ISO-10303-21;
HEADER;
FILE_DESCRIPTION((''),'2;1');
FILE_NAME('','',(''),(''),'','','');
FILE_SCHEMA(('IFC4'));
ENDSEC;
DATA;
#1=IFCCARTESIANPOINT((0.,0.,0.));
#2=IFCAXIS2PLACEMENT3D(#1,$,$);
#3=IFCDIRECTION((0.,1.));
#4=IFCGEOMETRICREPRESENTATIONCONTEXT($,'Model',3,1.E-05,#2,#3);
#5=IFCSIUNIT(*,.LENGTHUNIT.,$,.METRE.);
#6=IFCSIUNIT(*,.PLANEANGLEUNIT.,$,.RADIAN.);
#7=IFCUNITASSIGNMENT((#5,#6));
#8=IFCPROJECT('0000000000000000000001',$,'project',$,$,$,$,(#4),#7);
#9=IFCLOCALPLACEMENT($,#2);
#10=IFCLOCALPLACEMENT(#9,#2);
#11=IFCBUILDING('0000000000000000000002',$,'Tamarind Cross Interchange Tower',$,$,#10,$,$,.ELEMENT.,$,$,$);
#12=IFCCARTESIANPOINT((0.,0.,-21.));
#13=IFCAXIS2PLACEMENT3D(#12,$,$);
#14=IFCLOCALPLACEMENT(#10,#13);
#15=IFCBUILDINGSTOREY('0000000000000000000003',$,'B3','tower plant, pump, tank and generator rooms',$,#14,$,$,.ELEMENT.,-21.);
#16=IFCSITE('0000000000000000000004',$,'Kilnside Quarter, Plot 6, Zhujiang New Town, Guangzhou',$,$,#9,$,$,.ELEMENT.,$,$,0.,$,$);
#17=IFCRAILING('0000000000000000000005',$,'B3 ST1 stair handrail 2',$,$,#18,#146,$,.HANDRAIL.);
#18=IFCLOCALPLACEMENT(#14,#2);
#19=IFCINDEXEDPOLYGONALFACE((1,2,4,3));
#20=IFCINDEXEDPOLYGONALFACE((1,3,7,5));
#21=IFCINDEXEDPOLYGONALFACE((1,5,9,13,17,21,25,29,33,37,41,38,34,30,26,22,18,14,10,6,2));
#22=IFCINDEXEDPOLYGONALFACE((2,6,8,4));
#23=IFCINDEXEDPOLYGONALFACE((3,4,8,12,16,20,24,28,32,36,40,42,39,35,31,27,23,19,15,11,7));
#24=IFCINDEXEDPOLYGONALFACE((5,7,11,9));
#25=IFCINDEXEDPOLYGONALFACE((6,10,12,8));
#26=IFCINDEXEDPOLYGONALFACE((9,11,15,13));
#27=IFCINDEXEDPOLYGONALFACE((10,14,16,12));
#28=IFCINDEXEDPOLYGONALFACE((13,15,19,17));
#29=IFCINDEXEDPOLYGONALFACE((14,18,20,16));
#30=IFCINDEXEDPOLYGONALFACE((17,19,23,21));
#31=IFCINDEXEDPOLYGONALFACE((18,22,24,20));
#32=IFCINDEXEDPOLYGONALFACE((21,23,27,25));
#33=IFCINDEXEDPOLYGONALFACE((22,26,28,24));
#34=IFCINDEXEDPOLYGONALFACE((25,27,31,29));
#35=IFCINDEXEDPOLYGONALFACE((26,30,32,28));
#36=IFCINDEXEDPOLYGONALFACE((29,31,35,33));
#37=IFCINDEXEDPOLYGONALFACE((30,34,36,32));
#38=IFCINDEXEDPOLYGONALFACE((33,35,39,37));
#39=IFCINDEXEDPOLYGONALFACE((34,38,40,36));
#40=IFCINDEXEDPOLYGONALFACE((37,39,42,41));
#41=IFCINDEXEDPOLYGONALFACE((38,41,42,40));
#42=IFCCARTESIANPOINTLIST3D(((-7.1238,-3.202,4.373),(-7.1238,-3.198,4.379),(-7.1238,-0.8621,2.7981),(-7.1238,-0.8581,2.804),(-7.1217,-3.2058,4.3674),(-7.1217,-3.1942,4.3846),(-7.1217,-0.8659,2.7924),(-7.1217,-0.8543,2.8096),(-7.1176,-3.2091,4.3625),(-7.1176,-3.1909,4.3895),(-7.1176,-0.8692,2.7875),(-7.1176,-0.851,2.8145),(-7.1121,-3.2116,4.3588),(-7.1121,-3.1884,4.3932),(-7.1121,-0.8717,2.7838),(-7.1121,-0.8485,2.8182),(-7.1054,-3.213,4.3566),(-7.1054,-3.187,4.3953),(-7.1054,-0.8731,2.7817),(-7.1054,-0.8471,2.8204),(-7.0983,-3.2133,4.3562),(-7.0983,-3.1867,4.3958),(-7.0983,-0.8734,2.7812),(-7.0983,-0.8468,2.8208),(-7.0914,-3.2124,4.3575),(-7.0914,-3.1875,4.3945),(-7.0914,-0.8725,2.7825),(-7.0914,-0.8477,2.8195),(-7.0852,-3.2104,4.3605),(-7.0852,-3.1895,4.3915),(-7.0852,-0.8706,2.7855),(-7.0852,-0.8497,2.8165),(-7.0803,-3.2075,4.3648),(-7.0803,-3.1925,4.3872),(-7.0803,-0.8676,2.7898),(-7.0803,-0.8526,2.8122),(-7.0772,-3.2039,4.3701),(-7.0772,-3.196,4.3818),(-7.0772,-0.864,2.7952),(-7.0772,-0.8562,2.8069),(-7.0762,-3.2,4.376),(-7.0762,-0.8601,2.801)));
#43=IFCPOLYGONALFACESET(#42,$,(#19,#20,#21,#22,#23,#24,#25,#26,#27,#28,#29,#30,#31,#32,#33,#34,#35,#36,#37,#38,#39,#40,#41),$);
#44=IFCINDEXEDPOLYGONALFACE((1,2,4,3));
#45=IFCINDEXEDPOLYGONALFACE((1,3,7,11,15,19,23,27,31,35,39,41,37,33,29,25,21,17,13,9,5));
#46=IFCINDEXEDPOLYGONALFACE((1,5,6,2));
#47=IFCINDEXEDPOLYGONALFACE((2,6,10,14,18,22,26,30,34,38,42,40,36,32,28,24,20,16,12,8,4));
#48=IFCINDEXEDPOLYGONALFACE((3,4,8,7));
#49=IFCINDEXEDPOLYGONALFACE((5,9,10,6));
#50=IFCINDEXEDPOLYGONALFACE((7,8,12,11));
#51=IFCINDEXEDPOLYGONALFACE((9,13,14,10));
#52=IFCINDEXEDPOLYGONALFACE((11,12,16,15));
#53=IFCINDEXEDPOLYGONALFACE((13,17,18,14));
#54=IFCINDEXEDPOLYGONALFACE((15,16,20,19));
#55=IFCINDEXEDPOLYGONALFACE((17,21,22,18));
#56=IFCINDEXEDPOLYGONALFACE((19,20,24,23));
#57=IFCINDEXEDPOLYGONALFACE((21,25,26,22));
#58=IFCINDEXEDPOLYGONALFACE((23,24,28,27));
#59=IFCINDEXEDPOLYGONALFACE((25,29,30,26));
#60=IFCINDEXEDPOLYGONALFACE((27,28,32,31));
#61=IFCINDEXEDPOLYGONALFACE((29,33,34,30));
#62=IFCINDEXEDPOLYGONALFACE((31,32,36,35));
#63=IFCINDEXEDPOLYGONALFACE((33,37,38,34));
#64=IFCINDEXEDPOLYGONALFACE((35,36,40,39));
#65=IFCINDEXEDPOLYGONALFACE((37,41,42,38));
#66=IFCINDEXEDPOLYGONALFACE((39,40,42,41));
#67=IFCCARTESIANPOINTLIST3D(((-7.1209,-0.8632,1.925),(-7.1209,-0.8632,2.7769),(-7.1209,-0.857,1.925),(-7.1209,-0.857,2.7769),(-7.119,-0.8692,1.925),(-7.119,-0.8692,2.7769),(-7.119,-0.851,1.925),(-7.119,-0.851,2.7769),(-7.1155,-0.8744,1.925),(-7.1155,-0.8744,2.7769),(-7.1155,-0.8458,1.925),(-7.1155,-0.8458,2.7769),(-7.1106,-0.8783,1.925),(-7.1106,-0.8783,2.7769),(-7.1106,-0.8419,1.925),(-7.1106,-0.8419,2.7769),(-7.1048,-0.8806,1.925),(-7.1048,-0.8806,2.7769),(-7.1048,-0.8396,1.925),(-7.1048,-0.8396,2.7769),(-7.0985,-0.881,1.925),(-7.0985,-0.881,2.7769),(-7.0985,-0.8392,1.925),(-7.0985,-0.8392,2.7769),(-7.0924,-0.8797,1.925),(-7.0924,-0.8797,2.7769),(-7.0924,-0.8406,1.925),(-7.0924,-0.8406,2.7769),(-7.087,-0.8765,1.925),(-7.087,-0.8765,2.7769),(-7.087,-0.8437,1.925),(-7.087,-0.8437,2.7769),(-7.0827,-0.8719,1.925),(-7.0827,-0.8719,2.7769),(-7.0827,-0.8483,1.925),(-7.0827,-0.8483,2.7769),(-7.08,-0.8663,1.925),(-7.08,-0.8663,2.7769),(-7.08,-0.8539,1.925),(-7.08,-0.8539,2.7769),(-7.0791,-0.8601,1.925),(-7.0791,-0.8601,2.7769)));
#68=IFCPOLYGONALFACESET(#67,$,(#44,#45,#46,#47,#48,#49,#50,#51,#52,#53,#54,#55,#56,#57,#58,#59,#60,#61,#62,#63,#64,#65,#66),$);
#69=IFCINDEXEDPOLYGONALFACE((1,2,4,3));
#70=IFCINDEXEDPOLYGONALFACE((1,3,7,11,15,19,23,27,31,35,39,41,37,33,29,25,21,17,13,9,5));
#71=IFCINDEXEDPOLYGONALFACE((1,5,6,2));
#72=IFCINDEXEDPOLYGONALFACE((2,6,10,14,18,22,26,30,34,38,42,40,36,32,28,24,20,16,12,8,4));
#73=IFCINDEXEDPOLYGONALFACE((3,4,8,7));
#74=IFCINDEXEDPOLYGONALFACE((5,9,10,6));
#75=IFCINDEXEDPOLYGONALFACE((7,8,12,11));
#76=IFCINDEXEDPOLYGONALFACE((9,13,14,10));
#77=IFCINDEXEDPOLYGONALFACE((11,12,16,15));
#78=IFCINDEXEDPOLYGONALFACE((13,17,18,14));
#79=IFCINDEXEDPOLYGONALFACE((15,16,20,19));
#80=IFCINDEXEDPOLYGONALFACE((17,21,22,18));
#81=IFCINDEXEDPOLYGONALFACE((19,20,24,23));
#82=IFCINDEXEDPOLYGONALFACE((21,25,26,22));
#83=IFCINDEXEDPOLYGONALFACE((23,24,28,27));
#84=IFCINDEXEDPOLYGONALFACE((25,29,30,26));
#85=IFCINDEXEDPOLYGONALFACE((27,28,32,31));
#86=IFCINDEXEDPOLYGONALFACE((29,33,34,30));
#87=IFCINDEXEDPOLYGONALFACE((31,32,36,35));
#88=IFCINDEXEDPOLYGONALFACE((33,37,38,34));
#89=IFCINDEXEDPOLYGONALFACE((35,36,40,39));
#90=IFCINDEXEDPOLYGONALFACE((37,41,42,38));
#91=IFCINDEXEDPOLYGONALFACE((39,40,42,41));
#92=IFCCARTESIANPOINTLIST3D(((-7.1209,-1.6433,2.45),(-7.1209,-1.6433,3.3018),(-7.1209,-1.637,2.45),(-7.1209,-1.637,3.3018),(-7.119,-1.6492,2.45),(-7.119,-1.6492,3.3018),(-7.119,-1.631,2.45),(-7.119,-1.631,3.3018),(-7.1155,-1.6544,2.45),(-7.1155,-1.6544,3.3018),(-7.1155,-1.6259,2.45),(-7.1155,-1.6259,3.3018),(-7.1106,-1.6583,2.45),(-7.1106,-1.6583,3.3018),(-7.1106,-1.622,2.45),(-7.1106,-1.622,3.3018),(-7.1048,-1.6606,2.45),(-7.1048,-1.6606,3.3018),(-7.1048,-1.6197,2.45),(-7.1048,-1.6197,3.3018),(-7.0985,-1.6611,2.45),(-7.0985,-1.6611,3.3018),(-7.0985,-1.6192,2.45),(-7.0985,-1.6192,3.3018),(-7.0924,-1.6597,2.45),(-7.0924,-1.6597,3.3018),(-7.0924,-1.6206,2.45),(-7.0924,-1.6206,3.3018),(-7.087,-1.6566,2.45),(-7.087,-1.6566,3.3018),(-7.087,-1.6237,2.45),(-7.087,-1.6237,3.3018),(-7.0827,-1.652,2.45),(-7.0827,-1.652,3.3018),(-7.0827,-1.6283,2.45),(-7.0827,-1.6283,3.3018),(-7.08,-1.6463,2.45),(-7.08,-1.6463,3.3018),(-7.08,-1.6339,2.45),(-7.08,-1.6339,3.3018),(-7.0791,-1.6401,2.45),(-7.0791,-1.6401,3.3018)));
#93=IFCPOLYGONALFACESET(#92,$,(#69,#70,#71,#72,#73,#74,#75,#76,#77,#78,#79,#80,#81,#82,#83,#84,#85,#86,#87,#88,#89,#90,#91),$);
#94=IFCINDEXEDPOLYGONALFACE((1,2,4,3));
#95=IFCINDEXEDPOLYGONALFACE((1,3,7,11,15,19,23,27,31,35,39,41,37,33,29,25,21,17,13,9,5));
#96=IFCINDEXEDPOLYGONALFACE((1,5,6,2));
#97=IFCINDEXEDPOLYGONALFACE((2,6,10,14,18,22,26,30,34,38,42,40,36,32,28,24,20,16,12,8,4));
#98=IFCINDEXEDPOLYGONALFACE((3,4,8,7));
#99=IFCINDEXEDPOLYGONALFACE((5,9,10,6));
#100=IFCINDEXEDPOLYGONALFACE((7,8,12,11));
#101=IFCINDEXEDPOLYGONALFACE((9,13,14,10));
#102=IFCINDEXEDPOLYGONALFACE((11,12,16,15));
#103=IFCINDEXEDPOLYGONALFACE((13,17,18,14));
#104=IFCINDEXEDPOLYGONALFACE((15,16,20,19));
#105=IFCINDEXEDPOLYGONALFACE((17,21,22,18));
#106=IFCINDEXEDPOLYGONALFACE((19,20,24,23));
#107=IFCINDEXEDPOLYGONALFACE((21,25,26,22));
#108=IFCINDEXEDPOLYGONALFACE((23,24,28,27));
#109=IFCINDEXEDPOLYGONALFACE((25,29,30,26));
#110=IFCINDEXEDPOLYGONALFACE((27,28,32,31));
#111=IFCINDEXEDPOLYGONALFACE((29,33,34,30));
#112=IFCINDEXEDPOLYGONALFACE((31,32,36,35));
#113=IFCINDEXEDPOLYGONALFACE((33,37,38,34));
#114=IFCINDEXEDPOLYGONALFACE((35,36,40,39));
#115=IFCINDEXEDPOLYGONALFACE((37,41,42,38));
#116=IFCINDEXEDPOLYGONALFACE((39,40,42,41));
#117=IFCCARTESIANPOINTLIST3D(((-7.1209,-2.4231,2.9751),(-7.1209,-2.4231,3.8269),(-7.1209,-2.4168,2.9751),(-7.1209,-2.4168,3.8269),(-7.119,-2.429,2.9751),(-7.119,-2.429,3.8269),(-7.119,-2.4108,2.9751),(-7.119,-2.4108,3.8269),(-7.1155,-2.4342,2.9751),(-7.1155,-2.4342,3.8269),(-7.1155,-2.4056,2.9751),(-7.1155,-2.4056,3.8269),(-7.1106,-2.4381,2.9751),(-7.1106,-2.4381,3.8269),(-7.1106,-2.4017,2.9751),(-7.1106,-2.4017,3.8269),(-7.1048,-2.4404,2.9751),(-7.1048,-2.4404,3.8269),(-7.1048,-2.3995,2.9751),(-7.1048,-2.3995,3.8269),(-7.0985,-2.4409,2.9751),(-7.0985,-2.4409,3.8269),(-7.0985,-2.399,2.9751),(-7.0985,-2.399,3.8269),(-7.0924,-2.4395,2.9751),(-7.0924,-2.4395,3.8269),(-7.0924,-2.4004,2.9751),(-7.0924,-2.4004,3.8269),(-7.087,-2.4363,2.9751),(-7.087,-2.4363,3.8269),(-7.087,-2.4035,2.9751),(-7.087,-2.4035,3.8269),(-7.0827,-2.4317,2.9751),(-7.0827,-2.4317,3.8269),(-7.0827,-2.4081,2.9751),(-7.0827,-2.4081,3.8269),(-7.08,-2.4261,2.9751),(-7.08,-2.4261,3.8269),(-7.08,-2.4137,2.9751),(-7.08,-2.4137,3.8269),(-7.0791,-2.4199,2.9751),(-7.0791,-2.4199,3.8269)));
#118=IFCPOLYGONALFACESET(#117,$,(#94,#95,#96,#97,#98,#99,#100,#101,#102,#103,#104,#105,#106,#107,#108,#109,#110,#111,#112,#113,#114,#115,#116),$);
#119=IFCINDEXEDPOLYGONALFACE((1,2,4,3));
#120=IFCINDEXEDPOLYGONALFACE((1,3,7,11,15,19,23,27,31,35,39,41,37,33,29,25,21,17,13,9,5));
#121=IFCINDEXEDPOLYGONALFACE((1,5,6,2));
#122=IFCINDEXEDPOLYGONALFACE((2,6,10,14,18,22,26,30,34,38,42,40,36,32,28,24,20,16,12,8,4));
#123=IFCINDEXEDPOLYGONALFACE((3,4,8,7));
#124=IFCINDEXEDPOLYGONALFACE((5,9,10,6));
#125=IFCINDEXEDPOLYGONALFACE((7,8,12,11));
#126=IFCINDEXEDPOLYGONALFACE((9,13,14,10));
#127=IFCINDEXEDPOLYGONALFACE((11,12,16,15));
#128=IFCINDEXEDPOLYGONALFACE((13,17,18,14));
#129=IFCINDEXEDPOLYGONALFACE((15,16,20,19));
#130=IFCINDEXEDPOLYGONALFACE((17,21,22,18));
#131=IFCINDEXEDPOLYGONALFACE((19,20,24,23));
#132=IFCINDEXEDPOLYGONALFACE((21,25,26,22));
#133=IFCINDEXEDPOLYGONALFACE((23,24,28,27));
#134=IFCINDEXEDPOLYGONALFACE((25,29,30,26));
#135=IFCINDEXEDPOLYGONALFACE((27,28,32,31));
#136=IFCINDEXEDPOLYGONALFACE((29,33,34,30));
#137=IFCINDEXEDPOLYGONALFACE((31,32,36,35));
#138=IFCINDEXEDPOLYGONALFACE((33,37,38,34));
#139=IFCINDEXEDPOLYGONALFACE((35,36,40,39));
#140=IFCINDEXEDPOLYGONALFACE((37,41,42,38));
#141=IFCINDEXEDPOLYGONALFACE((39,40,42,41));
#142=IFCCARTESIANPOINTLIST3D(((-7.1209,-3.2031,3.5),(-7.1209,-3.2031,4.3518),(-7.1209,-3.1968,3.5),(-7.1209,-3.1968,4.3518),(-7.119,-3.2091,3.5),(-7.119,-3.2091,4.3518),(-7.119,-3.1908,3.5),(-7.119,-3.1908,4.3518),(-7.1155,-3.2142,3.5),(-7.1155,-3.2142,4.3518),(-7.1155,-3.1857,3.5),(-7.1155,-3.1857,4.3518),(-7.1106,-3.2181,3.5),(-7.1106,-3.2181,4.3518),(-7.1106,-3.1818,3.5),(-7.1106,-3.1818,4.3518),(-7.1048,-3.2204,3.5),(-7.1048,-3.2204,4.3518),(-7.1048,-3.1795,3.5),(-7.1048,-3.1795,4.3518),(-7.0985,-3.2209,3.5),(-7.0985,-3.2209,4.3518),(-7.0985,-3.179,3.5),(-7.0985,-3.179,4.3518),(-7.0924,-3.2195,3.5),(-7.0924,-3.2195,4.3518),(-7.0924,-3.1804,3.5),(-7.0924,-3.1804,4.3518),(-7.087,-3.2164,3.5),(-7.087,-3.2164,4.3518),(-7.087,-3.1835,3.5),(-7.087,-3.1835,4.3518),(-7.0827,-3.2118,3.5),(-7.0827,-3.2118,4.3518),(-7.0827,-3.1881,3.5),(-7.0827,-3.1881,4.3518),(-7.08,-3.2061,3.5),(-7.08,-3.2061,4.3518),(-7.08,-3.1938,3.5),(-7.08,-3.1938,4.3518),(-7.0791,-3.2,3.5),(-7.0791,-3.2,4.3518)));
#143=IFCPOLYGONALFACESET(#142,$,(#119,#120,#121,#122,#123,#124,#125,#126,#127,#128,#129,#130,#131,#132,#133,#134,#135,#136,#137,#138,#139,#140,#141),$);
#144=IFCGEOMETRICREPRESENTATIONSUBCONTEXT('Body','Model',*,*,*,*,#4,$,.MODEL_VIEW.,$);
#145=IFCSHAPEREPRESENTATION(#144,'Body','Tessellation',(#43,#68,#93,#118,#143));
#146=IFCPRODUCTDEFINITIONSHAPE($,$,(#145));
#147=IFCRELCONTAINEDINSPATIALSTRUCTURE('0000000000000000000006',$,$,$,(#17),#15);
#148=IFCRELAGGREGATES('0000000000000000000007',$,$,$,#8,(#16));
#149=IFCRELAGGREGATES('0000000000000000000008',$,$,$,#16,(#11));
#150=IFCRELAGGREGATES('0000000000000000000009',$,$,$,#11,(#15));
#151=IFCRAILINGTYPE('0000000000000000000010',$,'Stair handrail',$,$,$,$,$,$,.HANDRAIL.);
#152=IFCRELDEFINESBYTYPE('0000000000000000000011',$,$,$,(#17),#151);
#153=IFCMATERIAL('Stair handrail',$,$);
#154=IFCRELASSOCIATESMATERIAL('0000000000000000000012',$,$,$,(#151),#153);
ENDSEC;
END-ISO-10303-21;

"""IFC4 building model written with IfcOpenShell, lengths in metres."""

from ifc_helpers import new_model, si_unit, direction, frame, origin, origin_2d, place, context, subcontext, project, spatial, circle, extrude, material, type_object, element, save


model = new_model("IFC4")

# Units and contexts
model_context = context("Model", 3, precision=1e-05, world=origin(), true_north=direction((0.0, 1.0)))
body_context = subcontext(model_context, "Body", "Model", "MODEL_VIEW")
ifc_project = project(units=[si_unit("LENGTHUNIT", "METRE"), si_unit("PLANEANGLEUNIT", "RADIAN")], contexts=[model_context])

# Site, building, storey
site_placement = place(None, origin())
site = spatial("IfcSite", under=ifc_project, at=site_placement, Name="Kilnside Quarter, Plot 6, Zhujiang New Town, Guangzhou", CompositionType="ELEMENT", RefElevation=0.0)
building_placement = place(site_placement, origin())
building = spatial("IfcBuilding", under=site, at=building_placement, Name="Tamarind Cross Interchange Tower", CompositionType="ELEMENT")
storey_placement = place(building_placement, frame((0.0, 0.0, -21.0)))
storey = spatial("IfcBuildingStorey", under=building, at=storey_placement, Name="B3", Description="tower plant, pump, tank and generator rooms", CompositionType="ELEMENT", Elevation=-21.0)

# Railing
ifc_material_1 = material(Name="Stair handrail")
railing_type_1 = type_object("IfcRailingType", Name="Stair handrail", PredefinedType="HANDRAIL", material=ifc_material_1)
railing_1_placement = place(storey_placement, frame((-7.1001, -0.8601, 1.925)))
element("IfcRailing", 1, at=railing_1_placement, inside=storey, type_object=railing_type_1, Name="B3 ST1 stair handrail 2", PredefinedType="HANDRAIL", context=body_context, shape_type="SweptSolid", body=[
    extrude(circle(Radius=0.0239, at=origin_2d()), frame((0.0, 0.0, 0.876), z_axis=(0.0, -0.829578, 0.55839), x_axis=(1.0, 0.0, 0.0)), (0.0, 0.0, 1.0), 2.8206),
    extrude(circle(Radius=0.021, at=origin_2d()), origin(), (0.0, 0.0, 1.0), 0.8518),
    extrude(circle(Radius=0.021, at=origin_2d()), frame((0.0, -0.78, 0.5249)), (0.0, 0.0, 1.0), 0.8518),
    extrude(circle(Radius=0.021, at=origin_2d()), frame((0.0, -1.5598, 1.05)), (0.0, 0.0, 1.0), 0.8518),
    extrude(circle(Radius=0.021, at=origin_2d()), frame((0.0, -2.3398, 1.575)), (0.0, 0.0, 1.0), 0.8518),
])

save(model, "model.ifc")
